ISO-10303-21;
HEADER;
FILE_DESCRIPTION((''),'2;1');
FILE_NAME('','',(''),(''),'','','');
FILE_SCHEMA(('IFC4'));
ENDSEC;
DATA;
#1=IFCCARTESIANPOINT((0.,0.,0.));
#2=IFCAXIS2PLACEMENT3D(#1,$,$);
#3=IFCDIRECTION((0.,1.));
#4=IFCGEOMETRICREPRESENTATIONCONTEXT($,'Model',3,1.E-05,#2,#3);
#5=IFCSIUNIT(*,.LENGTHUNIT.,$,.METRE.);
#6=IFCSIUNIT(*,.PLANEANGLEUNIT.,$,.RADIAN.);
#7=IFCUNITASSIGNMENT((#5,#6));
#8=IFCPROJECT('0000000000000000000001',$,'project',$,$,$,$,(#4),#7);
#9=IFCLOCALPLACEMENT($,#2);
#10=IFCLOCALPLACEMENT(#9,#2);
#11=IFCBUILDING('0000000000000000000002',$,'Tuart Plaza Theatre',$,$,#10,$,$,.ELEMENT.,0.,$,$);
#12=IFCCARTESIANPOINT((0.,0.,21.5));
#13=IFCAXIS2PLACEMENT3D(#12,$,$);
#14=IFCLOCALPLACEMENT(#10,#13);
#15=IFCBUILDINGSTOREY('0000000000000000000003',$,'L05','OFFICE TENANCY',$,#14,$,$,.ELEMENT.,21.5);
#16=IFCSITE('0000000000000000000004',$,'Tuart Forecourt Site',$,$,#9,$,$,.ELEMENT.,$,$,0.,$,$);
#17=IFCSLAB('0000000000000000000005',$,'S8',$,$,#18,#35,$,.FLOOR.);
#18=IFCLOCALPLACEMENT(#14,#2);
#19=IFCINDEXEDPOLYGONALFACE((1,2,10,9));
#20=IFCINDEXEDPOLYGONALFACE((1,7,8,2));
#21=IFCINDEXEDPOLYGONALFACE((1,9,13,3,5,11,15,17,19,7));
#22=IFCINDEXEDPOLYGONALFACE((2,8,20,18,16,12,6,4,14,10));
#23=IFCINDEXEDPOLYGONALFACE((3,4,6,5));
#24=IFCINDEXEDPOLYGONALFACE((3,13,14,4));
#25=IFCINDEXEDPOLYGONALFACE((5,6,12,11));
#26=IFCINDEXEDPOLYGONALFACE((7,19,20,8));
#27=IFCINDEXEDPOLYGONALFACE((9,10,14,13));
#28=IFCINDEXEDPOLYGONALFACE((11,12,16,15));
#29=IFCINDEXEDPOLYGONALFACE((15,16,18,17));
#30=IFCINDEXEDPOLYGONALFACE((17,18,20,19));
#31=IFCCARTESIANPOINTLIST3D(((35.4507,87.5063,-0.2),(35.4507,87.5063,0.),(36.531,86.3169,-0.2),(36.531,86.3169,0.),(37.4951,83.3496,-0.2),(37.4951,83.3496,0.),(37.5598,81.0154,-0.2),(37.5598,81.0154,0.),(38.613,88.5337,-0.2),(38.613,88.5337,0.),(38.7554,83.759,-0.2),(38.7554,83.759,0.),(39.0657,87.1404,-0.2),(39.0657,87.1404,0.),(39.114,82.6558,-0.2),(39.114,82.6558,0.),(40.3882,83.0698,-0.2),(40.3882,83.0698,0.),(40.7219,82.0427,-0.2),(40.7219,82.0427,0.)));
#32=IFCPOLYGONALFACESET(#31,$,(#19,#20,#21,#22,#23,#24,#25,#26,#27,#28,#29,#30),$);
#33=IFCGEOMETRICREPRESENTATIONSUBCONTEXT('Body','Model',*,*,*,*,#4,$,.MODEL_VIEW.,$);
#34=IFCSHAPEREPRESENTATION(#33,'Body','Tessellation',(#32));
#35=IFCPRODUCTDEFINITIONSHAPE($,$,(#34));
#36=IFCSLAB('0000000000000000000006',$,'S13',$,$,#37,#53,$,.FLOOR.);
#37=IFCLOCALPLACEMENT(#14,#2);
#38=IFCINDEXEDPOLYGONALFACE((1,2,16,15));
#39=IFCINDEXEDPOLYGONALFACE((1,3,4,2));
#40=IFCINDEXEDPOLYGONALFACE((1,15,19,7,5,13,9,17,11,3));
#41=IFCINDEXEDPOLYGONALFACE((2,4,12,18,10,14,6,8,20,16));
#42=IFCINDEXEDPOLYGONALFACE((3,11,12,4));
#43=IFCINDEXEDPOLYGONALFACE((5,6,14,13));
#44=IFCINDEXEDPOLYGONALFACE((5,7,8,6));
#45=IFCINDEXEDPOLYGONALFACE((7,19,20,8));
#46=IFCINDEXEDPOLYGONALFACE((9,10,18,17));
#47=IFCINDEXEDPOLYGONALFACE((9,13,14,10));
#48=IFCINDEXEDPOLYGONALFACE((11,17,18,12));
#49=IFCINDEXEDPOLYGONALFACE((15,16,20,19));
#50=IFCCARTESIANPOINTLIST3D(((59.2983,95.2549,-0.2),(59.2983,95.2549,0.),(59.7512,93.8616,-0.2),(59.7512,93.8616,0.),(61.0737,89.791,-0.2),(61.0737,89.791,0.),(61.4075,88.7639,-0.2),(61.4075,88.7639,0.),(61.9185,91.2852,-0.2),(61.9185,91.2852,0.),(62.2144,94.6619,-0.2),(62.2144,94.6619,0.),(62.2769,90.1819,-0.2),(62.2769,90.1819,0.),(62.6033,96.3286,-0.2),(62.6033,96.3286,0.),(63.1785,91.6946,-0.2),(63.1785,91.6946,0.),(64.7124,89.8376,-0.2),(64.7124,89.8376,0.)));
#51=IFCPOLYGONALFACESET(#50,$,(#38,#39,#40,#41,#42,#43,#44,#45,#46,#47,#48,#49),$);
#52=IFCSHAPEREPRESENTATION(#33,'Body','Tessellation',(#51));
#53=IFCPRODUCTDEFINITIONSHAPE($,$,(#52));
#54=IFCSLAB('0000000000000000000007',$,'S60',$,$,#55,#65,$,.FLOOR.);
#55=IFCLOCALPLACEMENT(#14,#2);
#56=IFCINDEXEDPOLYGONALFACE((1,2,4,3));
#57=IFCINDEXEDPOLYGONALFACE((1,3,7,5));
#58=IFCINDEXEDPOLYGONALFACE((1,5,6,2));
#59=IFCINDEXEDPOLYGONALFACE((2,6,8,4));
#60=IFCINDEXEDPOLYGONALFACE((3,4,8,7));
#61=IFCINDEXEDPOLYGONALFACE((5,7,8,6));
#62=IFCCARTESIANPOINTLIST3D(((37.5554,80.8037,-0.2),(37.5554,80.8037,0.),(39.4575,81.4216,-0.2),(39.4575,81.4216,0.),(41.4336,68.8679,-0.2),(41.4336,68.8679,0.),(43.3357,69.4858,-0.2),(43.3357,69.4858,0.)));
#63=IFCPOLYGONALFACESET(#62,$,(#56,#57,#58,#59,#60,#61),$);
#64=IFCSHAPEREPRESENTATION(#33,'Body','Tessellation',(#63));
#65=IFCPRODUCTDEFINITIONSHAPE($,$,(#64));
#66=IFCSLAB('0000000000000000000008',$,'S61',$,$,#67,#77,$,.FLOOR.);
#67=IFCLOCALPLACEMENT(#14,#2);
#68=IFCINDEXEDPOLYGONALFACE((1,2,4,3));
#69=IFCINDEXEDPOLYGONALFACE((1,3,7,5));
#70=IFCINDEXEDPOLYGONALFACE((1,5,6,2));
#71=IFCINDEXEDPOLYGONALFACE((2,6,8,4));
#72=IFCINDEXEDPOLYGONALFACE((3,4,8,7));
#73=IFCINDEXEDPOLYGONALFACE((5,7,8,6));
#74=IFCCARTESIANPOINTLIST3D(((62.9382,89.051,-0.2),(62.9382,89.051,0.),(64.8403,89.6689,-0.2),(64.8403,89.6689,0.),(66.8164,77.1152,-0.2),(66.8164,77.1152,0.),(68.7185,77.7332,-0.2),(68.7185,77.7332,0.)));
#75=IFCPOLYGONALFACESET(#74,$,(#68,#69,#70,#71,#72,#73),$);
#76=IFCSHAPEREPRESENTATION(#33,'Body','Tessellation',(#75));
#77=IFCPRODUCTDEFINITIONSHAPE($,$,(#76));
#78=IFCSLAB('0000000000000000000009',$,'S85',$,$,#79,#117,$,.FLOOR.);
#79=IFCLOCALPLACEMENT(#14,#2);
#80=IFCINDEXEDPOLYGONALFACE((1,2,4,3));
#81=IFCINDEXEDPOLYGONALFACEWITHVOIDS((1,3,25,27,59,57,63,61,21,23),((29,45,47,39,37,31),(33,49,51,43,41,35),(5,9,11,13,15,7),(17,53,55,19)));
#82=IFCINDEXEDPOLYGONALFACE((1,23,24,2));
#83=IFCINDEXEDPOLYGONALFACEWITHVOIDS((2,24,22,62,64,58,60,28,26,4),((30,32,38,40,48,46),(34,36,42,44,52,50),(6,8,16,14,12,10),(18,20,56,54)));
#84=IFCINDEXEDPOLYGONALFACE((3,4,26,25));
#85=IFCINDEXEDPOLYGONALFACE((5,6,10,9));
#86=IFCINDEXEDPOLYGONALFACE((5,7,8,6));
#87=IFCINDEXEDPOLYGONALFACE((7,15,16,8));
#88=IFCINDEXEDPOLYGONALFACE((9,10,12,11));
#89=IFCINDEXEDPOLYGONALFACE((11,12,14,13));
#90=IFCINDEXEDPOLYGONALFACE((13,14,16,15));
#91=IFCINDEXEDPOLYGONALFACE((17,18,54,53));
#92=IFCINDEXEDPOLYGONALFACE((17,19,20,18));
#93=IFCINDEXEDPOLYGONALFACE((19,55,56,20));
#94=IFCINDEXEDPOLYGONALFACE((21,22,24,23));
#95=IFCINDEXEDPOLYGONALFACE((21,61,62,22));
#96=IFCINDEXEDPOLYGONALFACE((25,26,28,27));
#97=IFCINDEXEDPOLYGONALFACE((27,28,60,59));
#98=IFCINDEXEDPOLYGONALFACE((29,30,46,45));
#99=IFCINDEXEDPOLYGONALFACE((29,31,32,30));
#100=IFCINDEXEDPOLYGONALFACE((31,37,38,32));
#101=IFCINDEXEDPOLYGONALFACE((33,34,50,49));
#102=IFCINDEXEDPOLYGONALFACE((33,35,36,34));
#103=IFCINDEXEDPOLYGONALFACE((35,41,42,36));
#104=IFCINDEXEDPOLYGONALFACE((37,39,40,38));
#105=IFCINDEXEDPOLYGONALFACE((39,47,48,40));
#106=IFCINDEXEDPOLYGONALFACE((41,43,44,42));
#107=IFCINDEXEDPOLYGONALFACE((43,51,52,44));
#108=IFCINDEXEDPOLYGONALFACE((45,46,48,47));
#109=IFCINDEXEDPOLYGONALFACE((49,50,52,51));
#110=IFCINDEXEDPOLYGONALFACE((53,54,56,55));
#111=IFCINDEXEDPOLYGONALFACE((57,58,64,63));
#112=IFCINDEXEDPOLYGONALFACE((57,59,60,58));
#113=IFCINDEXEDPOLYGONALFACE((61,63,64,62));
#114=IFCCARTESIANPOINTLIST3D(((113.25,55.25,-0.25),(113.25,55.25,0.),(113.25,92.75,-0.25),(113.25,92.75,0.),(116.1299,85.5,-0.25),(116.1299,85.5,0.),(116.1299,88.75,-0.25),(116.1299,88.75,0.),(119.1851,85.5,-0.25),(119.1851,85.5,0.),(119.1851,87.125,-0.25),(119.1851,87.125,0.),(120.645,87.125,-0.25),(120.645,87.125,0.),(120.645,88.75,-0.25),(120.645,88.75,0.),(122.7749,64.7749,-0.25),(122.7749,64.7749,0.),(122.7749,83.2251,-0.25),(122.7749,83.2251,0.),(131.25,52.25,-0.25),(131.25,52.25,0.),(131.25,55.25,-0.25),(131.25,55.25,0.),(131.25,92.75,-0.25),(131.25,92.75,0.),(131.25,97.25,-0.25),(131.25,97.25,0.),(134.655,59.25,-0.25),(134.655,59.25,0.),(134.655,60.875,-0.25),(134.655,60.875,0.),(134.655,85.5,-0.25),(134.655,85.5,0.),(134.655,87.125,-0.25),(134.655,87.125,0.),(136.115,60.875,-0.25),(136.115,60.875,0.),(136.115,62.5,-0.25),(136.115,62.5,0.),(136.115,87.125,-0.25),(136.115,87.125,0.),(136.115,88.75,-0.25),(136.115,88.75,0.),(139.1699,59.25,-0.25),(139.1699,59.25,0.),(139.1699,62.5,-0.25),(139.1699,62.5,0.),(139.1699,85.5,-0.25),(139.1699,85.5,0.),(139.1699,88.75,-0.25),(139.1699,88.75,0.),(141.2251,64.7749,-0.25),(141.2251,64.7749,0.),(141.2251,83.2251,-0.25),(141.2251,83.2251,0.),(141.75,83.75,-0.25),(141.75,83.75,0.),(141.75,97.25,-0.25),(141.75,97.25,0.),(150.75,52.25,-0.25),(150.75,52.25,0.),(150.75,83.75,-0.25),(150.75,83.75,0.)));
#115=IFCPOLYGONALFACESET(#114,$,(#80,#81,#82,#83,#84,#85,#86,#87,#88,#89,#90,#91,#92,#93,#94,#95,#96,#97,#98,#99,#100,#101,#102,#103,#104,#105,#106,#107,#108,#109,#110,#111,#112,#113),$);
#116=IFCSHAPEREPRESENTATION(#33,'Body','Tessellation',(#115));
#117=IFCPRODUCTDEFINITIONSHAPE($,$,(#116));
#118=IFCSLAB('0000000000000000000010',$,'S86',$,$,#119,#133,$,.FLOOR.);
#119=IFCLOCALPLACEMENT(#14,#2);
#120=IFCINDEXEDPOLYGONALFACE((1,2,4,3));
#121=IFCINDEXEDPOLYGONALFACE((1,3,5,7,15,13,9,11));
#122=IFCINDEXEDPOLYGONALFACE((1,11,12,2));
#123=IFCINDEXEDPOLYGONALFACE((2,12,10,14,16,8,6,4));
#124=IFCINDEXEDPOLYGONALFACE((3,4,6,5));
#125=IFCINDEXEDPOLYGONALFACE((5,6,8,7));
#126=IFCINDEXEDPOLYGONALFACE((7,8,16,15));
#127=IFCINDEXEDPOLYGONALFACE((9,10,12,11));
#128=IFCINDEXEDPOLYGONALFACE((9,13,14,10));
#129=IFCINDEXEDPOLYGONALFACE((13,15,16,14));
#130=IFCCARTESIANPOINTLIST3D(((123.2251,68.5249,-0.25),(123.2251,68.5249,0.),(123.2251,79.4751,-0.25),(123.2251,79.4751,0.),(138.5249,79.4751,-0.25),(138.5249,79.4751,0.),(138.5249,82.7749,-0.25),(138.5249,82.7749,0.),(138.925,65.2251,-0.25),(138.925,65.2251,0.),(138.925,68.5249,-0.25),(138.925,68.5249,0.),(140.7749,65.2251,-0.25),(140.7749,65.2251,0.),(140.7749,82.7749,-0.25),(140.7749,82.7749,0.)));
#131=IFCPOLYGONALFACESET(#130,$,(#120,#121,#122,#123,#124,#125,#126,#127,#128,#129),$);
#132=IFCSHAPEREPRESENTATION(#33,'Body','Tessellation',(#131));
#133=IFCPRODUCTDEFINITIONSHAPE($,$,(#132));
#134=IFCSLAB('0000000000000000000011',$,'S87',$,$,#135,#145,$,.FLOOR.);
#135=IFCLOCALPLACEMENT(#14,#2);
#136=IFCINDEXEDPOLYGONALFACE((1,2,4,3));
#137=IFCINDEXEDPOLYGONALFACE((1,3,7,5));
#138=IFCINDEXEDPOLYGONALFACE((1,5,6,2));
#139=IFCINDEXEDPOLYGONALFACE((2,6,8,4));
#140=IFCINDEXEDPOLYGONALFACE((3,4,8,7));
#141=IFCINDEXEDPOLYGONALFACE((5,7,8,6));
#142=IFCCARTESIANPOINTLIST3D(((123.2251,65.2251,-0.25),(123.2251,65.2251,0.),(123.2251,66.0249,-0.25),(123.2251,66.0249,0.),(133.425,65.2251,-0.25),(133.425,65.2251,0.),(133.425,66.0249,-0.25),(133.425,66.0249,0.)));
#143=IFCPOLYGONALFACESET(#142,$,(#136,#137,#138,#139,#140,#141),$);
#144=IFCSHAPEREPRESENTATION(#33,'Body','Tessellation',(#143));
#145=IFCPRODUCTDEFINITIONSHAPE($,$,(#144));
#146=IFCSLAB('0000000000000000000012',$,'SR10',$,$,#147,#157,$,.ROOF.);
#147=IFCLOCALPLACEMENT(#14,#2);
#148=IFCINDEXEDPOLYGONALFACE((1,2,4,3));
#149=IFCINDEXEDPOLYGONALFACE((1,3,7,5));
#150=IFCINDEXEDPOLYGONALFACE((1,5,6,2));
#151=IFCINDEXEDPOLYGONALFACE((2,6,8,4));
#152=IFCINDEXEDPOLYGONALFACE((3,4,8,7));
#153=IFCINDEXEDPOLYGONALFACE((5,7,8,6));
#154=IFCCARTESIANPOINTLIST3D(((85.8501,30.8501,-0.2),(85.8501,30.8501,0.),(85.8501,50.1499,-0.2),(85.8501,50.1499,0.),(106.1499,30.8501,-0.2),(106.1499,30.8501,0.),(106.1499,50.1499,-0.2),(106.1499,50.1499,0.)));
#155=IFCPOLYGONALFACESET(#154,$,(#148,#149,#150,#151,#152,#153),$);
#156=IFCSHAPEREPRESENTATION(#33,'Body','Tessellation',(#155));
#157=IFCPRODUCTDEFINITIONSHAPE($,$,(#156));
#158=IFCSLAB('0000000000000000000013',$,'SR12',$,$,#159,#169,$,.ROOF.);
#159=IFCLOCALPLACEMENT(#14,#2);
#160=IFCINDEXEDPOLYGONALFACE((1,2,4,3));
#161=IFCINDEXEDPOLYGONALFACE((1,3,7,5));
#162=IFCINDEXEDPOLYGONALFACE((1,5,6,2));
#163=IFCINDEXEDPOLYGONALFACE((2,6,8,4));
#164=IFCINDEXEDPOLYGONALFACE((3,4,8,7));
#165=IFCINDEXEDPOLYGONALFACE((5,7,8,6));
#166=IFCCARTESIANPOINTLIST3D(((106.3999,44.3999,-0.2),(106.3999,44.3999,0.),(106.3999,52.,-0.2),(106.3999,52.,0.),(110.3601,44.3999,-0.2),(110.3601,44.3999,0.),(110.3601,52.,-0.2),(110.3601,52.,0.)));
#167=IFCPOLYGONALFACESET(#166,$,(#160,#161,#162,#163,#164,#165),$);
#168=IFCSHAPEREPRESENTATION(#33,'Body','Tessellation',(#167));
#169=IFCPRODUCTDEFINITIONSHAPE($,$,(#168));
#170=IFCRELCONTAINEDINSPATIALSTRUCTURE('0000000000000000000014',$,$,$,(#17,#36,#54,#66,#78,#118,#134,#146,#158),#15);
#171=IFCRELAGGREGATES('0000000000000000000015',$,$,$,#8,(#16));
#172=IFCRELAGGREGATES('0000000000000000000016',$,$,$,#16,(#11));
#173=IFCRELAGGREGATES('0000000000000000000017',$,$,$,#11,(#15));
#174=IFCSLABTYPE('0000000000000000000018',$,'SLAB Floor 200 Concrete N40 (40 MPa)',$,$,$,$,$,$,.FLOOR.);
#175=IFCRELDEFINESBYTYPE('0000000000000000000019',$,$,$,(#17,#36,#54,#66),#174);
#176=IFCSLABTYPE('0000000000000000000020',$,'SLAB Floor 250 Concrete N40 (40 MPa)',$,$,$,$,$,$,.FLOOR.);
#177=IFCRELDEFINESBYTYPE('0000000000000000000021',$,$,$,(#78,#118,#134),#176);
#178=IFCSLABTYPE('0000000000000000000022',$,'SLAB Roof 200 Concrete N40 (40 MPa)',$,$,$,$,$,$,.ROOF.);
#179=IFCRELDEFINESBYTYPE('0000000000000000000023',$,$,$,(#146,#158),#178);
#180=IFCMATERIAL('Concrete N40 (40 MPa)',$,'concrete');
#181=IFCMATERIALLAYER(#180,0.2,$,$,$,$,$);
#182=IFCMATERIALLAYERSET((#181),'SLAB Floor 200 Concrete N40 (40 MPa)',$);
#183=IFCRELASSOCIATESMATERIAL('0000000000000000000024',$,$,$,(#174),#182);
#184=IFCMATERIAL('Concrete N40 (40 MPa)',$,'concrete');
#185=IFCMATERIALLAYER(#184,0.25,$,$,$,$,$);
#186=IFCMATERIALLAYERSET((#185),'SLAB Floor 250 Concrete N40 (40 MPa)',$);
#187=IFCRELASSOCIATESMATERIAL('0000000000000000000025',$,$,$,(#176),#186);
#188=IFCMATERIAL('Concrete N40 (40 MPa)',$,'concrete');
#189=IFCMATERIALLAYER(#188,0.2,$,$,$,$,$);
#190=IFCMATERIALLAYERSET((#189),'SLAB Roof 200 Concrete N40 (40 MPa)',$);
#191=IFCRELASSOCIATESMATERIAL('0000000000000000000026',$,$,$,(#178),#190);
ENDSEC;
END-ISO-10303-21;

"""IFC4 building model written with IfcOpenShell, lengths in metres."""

from ifc_helpers import new_model, si_unit, direction, frame, origin, place, context, subcontext, project, spatial, polyline, outline, extrude, material, layer, layer_set, type_object, element, save


model = new_model("IFC4")

# Units and contexts
model_context = context("Model", 3, precision=1e-05, world=origin(), true_north=direction((0.0, 1.0)))
body_context = subcontext(model_context, "Body", "Model", "MODEL_VIEW")
ifc_project = project(units=[si_unit("LENGTHUNIT", "METRE"), si_unit("PLANEANGLEUNIT", "RADIAN")], contexts=[model_context])

# Site, building, storey
site_placement = place(None, origin())
site = spatial("IfcSite", under=ifc_project, at=site_placement, Name="Tuart Forecourt Site", CompositionType="ELEMENT", RefElevation=0.0)
building_placement = place(site_placement, origin())
building = spatial("IfcBuilding", under=site, at=building_placement, Name="Tuart Plaza Theatre", CompositionType="ELEMENT", ElevationOfRefHeight=0.0)
storey_placement = place(building_placement, frame((0.0, 0.0, 21.5)))
storey = spatial("IfcBuildingStorey", under=building, at=storey_placement, Name="L05", Description="OFFICE TENANCY", CompositionType="ELEMENT", Elevation=21.5)

# Slabs
ifc_material_1 = material(Name="Concrete N40 (40 MPa)", Category="concrete")
ifc_layer_1 = layer(ifc_material_1, 0.2)
ifc_layer_set_1 = layer_set([ifc_layer_1], Name="SLAB Floor 200 Concrete N40 (40 MPa)")
slab_type_1 = type_object("IfcSlabType", Name="SLAB Floor 200 Concrete N40 (40 MPa)", PredefinedType="FLOOR", material=ifc_layer_set_1)
slab_1_placement = place(storey_placement, frame((0.0, 0.0, -0.2)))
element("IfcSlab", 1, at=slab_1_placement, inside=storey, type_object=slab_type_1, Name="S8", PredefinedType="FLOOR", context=body_context, shape_type="SweptSolid", body=[
    extrude(outline(polyline([(35.4507, 87.5063), (37.5598, 81.0154), (40.7219, 82.0427), (40.3882, 83.0698), (39.114, 82.6558), (38.7554, 83.759), (37.4951, 83.3496), (36.531, 86.3169), (39.0657, 87.1404), (38.613, 88.5337), (35.4507, 87.5063)])), origin(), (0.0, 0.0, 1.0), 0.2),
])
slab_2_placement = place(storey_placement, frame((0.0, 0.0, -0.2)))
element("IfcSlab", 2, at=slab_2_placement, inside=storey, type_object=slab_type_1, Name="S13", PredefinedType="FLOOR", context=body_context, shape_type="SweptSolid", body=[
    extrude(outline(polyline([(62.2144, 94.6619), (63.1785, 91.6946), (61.9185, 91.2852), (62.2769, 90.1819), (61.0737, 89.791), (61.4075, 88.7639), (64.7124, 89.8376), (62.6033, 96.3286), (59.2983, 95.2549), (59.7512, 93.8616), (62.2144, 94.6619)])), origin(), (0.0, 0.0, 1.0), 0.2),
])
slab_3_placement = place(storey_placement, frame((0.0, 0.0, -0.2)))
element("IfcSlab", 3, at=slab_3_placement, inside=storey, type_object=slab_type_1, Name="S60", PredefinedType="FLOOR", context=body_context, shape_type="SweptSolid", body=[
    extrude(outline(polyline([(43.3357, 69.4858), (39.4575, 81.4216), (37.5554, 80.8037), (41.4336, 68.8679), (43.3357, 69.4858)])), origin(), (0.0, 0.0, 1.0), 0.2),
])
slab_4_placement = place(storey_placement, frame((0.0, 0.0, -0.2)))
element("IfcSlab", 4, at=slab_4_placement, inside=storey, type_object=slab_type_1, Name="S61", PredefinedType="FLOOR", context=body_context, shape_type="SweptSolid", body=[
    extrude(outline(polyline([(68.7185, 77.7332), (64.8403, 89.6689), (62.9382, 89.051), (66.8164, 77.1152), (68.7185, 77.7332)])), origin(), (0.0, 0.0, 1.0), 0.2),
])
ifc_material_2 = material(Name="Concrete N40 (40 MPa)", Category="concrete")
ifc_layer_2 = layer(ifc_material_2, 0.25)
ifc_layer_set_2 = layer_set([ifc_layer_2], Name="SLAB Floor 250 Concrete N40 (40 MPa)")
slab_type_2 = type_object("IfcSlabType", Name="SLAB Floor 250 Concrete N40 (40 MPa)", PredefinedType="FLOOR", material=ifc_layer_set_2)
slab_5_placement = place(storey_placement, frame((0.0, 0.0, -0.25)))
element("IfcSlab", 5, at=slab_5_placement, inside=storey, type_object=slab_type_2, Name="S85", PredefinedType="FLOOR", context=body_context, shape_type="SweptSolid", body=[
    extrude(outline(polyline([(141.75, 97.25), (131.25, 97.25), (131.25, 92.75), (113.25, 92.75), (113.25, 55.25), (131.25, 55.25), (131.25, 52.25), (150.75, 52.25), (150.75, 83.75), (141.75, 83.75), (141.75, 97.25)]), holes=[polyline([(141.2251, 64.7749), (141.2251, 83.2251), (122.7749, 83.2251), (122.7749, 64.7749), (141.2251, 64.7749)]), polyline([(136.115, 62.5), (136.115, 60.875), (134.655, 60.875), (134.655, 59.25), (139.1699, 59.25), (139.1699, 62.5), (136.115, 62.5)]), polyline([(139.1699, 88.75), (136.115, 88.75), (136.115, 87.125), (134.655, 87.125), (134.655, 85.5), (139.1699, 85.5), (139.1699, 88.75)]), polyline([(116.1299, 88.75), (116.1299, 85.5), (119.1851, 85.5), (119.1851, 87.125), (120.645, 87.125), (120.645, 88.75), (116.1299, 88.75)])]), origin(), (0.0, 0.0, 1.0), 0.25),
])
slab_6_placement = place(storey_placement, frame((0.0, 0.0, -0.25)))
element("IfcSlab", 6, at=slab_6_placement, inside=storey, type_object=slab_type_2, Name="S86", PredefinedType="FLOOR", context=body_context, shape_type="SweptSolid", body=[
    extrude(outline(polyline([(138.925, 68.5249), (138.925, 65.2251), (140.7749, 65.2251), (140.7749, 82.7749), (138.5249, 82.7749), (138.5249, 79.4751), (123.2251, 79.4751), (123.2251, 68.5249), (138.925, 68.5249)])), origin(), (0.0, 0.0, 1.0), 0.25),
])
slab_7_placement = place(storey_placement, frame((0.0, 0.0, -0.25)))
element("IfcSlab", 7, at=slab_7_placement, inside=storey, type_object=slab_type_2, Name="S87", PredefinedType="FLOOR", context=body_context, shape_type="SweptSolid", body=[
    extrude(outline(polyline([(123.2251, 66.0249), (123.2251, 65.2251), (133.425, 65.2251), (133.425, 66.0249), (123.2251, 66.0249)])), origin(), (0.0, 0.0, 1.0), 0.25),
])
ifc_material_3 = material(Name="Concrete N40 (40 MPa)", Category="concrete")
ifc_layer_3 = layer(ifc_material_3, 0.2)
ifc_layer_set_3 = layer_set([ifc_layer_3], Name="SLAB Roof 200 Concrete N40 (40 MPa)")
slab_type_3 = type_object("IfcSlabType", Name="SLAB Roof 200 Concrete N40 (40 MPa)", PredefinedType="ROOF", material=ifc_layer_set_3)
slab_8_placement = place(storey_placement, frame((0.0, 0.0, -0.2)))
element("IfcSlab", 8, at=slab_8_placement, inside=storey, type_object=slab_type_3, Name="SR10", PredefinedType="ROOF", context=body_context, shape_type="SweptSolid", body=[
    extrude(outline(polyline([(106.1499, 30.8501), (106.1499, 50.1499), (85.8501, 50.1499), (85.8501, 30.8501), (106.1499, 30.8501)])), origin(), (0.0, 0.0, 1.0), 0.2),
])
slab_9_placement = place(storey_placement, frame((0.0, 0.0, -0.2)))
element("IfcSlab", 9, at=slab_9_placement, inside=storey, type_object=slab_type_3, Name="SR12", PredefinedType="ROOF", context=body_context, shape_type="SweptSolid", body=[
    extrude(outline(polyline([(110.3601, 44.3999), (110.3601, 52.0), (106.3999, 52.0), (106.3999, 44.3999), (110.3601, 44.3999)])), origin(), (0.0, 0.0, 1.0), 0.2),
])

save(model, "model.ifc")
